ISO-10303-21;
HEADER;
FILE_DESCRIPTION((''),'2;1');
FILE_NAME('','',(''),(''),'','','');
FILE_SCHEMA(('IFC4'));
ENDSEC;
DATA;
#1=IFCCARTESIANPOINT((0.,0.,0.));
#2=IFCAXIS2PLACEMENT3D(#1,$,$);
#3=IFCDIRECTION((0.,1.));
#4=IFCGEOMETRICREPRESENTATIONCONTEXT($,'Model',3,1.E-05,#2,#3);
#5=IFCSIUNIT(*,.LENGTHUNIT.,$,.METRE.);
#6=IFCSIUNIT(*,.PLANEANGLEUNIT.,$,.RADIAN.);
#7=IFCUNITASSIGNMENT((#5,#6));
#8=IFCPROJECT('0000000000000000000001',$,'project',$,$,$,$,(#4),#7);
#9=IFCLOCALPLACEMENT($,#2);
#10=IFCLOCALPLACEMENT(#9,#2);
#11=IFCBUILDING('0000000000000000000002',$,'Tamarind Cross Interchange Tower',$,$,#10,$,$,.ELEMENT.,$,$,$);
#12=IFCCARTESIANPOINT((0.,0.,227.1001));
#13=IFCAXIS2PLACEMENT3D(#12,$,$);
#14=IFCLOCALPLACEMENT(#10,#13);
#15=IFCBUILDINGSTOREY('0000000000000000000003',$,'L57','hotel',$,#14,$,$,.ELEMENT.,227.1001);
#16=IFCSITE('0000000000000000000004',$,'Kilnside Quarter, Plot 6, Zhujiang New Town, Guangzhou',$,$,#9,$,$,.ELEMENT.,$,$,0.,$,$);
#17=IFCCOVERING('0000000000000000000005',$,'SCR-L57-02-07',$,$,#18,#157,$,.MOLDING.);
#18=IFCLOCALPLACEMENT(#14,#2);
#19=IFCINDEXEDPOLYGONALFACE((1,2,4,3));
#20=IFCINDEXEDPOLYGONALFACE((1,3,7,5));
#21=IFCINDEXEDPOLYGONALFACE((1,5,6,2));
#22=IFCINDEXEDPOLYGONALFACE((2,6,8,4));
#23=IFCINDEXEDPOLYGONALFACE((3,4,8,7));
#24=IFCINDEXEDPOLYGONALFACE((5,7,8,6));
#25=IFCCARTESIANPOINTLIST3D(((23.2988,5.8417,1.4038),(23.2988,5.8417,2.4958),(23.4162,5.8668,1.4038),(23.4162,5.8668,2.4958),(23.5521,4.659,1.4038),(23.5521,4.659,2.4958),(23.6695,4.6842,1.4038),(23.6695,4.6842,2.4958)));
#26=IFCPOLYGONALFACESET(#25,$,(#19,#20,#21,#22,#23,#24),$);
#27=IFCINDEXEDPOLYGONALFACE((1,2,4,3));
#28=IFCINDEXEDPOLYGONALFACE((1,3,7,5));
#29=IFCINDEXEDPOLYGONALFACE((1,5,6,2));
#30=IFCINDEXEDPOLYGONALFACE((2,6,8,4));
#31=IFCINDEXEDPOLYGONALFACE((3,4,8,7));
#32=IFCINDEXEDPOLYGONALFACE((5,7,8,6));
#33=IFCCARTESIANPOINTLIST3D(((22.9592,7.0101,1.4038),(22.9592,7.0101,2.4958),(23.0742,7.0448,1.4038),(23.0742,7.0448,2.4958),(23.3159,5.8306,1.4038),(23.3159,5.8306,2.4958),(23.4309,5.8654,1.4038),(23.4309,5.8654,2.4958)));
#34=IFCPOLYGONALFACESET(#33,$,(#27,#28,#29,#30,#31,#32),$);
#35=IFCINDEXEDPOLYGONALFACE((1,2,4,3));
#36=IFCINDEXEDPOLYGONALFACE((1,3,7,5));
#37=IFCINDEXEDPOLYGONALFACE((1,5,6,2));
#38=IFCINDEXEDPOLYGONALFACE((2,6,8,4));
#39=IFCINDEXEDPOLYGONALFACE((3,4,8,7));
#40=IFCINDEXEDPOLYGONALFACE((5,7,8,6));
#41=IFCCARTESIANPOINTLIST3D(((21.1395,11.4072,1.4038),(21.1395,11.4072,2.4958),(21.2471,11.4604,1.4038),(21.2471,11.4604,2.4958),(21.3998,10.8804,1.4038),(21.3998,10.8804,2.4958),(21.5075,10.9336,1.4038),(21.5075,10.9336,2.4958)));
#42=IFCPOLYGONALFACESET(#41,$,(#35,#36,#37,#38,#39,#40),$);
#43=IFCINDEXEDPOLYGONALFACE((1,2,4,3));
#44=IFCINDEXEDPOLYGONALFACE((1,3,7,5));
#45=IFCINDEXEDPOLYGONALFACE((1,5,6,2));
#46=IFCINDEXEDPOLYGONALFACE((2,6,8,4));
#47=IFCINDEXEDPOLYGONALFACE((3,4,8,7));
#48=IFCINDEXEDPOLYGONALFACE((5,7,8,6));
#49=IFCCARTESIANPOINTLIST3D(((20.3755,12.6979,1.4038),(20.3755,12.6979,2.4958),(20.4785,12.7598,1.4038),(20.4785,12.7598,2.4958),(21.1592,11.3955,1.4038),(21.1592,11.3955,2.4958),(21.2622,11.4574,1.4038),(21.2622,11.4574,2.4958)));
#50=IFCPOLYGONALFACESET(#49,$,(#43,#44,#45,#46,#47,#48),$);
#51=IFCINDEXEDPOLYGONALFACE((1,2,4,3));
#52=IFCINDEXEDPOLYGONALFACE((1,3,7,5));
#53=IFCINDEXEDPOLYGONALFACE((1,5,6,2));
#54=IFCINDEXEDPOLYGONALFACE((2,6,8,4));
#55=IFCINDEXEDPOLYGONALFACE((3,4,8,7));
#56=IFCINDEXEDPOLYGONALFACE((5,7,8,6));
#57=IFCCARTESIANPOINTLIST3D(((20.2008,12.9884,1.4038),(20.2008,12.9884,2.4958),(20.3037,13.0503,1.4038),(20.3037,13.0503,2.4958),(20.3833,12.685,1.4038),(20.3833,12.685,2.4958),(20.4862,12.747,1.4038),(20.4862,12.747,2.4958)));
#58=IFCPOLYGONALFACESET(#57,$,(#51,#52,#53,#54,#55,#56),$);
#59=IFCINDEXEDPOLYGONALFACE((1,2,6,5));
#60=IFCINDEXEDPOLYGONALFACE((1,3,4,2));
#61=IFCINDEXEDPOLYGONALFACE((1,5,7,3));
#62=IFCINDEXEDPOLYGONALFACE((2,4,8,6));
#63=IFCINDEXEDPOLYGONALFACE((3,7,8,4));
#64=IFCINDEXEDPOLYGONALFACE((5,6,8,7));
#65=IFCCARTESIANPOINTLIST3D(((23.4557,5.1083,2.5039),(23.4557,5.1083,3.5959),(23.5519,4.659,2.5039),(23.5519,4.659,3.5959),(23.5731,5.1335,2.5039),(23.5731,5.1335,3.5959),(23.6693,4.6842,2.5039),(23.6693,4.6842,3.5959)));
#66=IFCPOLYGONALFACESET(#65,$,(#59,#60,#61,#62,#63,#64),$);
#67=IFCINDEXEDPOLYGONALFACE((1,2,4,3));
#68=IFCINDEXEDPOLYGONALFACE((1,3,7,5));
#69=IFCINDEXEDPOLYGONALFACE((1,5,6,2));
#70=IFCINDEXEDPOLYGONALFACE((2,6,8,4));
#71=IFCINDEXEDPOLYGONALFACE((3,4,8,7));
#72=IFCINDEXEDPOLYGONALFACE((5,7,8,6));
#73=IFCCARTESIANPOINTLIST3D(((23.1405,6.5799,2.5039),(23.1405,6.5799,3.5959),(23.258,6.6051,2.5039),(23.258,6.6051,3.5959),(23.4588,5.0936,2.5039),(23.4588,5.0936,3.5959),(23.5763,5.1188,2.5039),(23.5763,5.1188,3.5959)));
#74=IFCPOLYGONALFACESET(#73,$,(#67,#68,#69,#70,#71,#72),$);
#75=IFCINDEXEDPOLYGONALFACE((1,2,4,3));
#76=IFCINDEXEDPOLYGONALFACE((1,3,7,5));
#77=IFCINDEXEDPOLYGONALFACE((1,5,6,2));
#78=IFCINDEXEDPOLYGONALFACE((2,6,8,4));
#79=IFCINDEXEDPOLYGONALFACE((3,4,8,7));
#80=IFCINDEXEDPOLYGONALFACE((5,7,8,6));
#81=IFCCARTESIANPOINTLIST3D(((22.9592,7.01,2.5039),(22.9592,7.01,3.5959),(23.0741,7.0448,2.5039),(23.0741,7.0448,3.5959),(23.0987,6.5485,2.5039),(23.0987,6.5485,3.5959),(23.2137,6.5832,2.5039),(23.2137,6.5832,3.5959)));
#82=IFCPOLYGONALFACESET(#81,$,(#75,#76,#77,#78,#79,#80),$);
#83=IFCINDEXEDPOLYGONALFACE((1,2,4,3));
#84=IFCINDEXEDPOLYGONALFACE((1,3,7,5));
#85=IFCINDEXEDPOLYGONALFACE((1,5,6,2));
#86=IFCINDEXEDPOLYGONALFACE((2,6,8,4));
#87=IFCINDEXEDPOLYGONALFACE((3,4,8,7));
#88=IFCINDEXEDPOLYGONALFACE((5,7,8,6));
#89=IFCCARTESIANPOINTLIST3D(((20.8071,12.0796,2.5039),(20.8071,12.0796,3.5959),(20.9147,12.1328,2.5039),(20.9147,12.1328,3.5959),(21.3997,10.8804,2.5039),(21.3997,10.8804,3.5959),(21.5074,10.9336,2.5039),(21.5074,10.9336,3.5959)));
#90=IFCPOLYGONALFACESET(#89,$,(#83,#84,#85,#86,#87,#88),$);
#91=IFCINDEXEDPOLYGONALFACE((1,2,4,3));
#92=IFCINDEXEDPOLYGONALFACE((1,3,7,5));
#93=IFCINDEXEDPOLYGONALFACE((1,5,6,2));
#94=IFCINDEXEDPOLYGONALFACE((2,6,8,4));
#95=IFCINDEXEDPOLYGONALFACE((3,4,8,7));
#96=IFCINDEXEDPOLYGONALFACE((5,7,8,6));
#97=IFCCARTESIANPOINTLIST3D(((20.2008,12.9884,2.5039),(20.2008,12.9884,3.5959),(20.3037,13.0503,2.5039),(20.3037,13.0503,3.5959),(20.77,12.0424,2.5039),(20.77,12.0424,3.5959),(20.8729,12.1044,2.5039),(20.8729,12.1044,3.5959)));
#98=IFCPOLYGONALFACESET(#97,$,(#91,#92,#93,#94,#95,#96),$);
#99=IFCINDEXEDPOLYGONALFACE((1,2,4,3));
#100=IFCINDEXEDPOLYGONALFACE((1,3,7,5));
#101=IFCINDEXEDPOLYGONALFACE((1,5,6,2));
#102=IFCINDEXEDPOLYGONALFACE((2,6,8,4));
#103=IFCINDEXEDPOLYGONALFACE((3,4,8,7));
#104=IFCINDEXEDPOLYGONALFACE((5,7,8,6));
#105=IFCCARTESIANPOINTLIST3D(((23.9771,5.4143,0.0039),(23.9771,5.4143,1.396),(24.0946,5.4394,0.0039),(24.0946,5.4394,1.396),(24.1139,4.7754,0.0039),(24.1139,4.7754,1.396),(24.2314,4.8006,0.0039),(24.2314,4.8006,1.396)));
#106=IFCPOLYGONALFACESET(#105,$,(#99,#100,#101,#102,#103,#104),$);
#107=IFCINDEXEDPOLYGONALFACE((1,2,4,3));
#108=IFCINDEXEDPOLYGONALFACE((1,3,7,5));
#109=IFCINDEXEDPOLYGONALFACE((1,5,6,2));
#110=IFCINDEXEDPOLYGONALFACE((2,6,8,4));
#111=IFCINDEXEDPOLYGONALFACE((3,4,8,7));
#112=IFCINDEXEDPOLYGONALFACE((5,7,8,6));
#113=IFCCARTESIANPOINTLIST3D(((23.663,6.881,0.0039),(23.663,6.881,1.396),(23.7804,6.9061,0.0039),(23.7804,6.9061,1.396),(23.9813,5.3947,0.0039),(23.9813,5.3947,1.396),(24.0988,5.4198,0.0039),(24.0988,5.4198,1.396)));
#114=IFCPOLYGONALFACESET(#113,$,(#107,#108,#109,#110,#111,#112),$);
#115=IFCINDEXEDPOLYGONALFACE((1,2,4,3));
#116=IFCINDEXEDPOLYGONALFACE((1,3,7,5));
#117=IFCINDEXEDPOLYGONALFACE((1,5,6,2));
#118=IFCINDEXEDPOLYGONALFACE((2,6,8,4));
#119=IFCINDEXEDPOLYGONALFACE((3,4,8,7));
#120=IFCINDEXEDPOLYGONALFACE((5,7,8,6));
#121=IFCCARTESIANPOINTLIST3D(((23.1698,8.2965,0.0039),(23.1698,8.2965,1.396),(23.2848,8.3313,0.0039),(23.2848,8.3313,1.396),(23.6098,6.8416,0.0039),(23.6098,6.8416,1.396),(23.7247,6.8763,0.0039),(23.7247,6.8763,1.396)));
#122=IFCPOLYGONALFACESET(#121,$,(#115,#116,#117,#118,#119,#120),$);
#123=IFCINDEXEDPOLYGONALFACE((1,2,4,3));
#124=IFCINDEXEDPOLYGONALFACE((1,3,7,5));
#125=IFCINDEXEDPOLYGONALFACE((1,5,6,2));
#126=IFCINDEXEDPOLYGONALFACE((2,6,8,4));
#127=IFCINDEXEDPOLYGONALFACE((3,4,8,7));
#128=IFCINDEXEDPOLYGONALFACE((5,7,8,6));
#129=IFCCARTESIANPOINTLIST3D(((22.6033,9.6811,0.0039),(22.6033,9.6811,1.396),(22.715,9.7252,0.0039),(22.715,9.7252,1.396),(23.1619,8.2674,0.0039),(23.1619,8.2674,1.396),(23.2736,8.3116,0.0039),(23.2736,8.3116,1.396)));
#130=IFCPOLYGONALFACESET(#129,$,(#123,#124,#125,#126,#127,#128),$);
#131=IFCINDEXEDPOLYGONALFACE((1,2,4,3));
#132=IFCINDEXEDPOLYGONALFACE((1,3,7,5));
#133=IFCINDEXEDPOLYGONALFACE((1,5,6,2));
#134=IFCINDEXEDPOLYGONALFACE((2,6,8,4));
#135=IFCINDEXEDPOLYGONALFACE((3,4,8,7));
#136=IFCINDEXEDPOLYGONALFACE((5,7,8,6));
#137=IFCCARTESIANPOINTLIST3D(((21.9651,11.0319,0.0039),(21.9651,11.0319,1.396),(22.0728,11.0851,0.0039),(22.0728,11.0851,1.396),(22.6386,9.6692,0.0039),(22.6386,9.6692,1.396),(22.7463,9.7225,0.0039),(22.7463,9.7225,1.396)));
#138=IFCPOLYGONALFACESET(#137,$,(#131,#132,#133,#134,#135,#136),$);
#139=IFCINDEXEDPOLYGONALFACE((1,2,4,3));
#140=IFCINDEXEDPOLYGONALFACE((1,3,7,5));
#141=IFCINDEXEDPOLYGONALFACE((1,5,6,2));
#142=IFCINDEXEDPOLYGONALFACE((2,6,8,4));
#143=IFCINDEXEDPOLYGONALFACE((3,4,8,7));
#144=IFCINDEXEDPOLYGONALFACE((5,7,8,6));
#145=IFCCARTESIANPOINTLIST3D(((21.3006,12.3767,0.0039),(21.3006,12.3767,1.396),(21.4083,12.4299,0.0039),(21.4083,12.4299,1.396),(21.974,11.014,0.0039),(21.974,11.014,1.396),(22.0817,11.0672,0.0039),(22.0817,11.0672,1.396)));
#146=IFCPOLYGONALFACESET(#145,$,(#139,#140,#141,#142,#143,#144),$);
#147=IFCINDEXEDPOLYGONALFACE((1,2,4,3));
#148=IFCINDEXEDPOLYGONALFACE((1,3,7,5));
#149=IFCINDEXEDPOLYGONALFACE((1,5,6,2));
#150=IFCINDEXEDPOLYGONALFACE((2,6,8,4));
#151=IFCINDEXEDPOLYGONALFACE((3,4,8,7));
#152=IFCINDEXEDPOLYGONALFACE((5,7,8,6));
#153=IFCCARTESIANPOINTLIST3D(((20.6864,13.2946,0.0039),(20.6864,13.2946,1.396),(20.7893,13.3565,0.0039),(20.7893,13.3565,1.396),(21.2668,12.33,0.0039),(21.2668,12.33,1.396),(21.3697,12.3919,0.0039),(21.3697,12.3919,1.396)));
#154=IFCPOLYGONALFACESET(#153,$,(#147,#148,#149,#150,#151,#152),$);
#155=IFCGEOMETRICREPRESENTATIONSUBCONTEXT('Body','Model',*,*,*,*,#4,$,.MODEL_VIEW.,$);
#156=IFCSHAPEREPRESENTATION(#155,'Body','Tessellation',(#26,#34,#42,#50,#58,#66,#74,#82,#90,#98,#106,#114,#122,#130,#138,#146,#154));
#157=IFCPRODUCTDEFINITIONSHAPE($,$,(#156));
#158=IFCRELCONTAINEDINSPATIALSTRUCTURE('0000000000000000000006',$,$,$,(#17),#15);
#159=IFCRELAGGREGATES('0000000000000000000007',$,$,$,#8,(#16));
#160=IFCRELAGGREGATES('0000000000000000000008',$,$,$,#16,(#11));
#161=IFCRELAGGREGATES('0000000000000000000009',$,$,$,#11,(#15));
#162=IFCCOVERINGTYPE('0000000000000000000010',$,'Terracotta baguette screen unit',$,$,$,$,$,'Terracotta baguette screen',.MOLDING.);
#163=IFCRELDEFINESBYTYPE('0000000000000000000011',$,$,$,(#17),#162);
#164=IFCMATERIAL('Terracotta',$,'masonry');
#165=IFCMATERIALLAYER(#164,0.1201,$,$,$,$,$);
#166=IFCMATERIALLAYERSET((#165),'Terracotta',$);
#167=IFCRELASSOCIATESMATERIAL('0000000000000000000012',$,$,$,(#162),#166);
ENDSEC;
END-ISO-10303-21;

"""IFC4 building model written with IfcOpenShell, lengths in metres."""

from ifc_helpers import new_model, si_unit, direction, frame, origin, origin_2d, place, context, subcontext, project, spatial, rectangle, extrude, material, layer, layer_set, type_object, element, save


model = new_model("IFC4")

# Units and contexts
model_context = context("Model", 3, precision=1e-05, world=origin(), true_north=direction((0.0, 1.0)))
body_context = subcontext(model_context, "Body", "Model", "MODEL_VIEW")
ifc_project = project(units=[si_unit("LENGTHUNIT", "METRE"), si_unit("PLANEANGLEUNIT", "RADIAN")], contexts=[model_context])

# Site, building, storey
site_placement = place(None, origin())
site = spatial("IfcSite", under=ifc_project, at=site_placement, Name="Kilnside Quarter, Plot 6, Zhujiang New Town, Guangzhou", CompositionType="ELEMENT", RefElevation=0.0)
building_placement = place(site_placement, origin())
building = spatial("IfcBuilding", under=site, at=building_placement, Name="Tamarind Cross Interchange Tower", CompositionType="ELEMENT")
storey_placement = place(building_placement, frame((0.0, 0.0, 227.1001)))
storey = spatial("IfcBuildingStorey", under=building, at=storey_placement, Name="L57", Description="hotel", CompositionType="ELEMENT", Elevation=227.1001)

# Covering
ifc_material_1 = material(Name="Terracotta", Category="masonry")
ifc_layer_1 = layer(ifc_material_1, 0.1201)
ifc_layer_set_1 = layer_set([ifc_layer_1], Name="Terracotta")
covering_type = type_object("IfcCoveringType", Name="Terracotta baguette screen unit", ElementType="Terracotta baguette screen", PredefinedType="MOLDING", material=ifc_layer_set_1)
covering_1_placement = place(storey_placement, origin())
element("IfcCovering", 1, at=covering_1_placement, inside=storey, type_object=covering_type, Name="SCR-L57-02-07", PredefinedType="MOLDING", context=body_context, shape_type="SweptSolid", body=[
    extrude(rectangle(XDim=1.2095, YDim=0.1201, at=origin_2d()), frame((23.4841, 5.2629, 1.4038), z_axis=(0.0, 0.0, 1.0), x_axis=(-0.209425, 0.977825, 0.0)), (0.0, 0.0, 1.0), 1.092),
    extrude(rectangle(XDim=1.2322, YDim=0.1201, at=origin_2d()), frame((23.1951, 6.4377, 1.4038), z_axis=(0.0, 0.0, 1.0), x_axis=(-0.289458, 0.957191, 0.0)), (0.0, 0.0, 1.0), 1.092),
    extrude(rectangle(XDim=0.5876, YDim=0.1201, at=origin_2d()), frame((21.3235, 11.1704, 1.4038), z_axis=(0.0, 0.0, 1.0), x_axis=(-0.443059, 0.896493, 0.0)), (0.0, 0.0, 1.0), 1.092),
    extrude(rectangle(XDim=1.52, YDim=0.1201, at=origin_2d()), frame((20.8188, 12.0776, 1.4038), z_axis=(0.0, 0.0, 1.0), x_axis=(-0.515577, 0.856843, 0.0)), (0.0, 0.0, 1.0), 1.092),
    extrude(rectangle(XDim=0.354, YDim=0.1201, at=origin_2d()), frame((20.3435, 12.8677, 1.4038), z_axis=(0.0, 0.0, 1.0), x_axis=(-0.515577, 0.856843, 0.0)), (0.0, 0.0, 1.0), 1.092),
    extrude(rectangle(XDim=0.4595, YDim=0.1201, at=origin_2d()), frame((23.5625, 4.8962, 2.5039), z_axis=(0.0, 0.0, 1.0), x_axis=(-0.209425, 0.977825, 0.0)), (0.0, 0.0, 1.0), 1.092),
    extrude(rectangle(XDim=1.52, YDim=0.1201, at=origin_2d()), frame((23.3584, 5.8494, 2.5039), z_axis=(0.0, 0.0, 1.0), x_axis=(-0.209425, 0.977825, 0.0)), (0.0, 0.0, 1.0), 1.092),
    extrude(rectangle(XDim=0.4822, YDim=0.1201, at=origin_2d()), frame((23.0864, 6.7966, 2.5039), z_axis=(0.0, 0.0, 1.0), x_axis=(-0.289458, 0.957191, 0.0)), (0.0, 0.0, 1.0), 1.092),
    extrude(rectangle(XDim=1.3376, YDim=0.1201, at=origin_2d()), frame((21.1572, 11.5066, 2.5039), z_axis=(0.0, 0.0, 1.0), x_axis=(-0.443059, 0.896493, 0.0)), (0.0, 0.0, 1.0), 1.092),
    extrude(rectangle(XDim=1.104, YDim=0.1201, at=origin_2d()), frame((20.5369, 12.5464, 2.5039), z_axis=(0.0, 0.0, 1.0), x_axis=(-0.515577, 0.856843, 0.0)), (0.0, 0.0, 1.0), 1.092),
    extrude(rectangle(XDim=0.6533, YDim=0.1201, at=origin_2d()), frame((24.1042, 5.1074, 0.0039), z_axis=(0.0, 0.0, 1.0), x_axis=(-0.209425, 0.977825, 0.0)), (0.0, 0.0, 1.0), 1.3921),
    extrude(rectangle(XDim=1.52, YDim=0.1201, at=origin_2d()), frame((23.8809, 6.1504, 0.0039), z_axis=(0.0, 0.0, 1.0), x_axis=(-0.209425, 0.977825, 0.0)), (0.0, 0.0, 1.0), 1.3921),
    extrude(rectangle(XDim=1.52, YDim=0.1201, at=origin_2d()), frame((23.4473, 7.5864, 0.0039), z_axis=(0.0, 0.0, 1.0), x_axis=(-0.289458, 0.957191, 0.0)), (0.0, 0.0, 1.0), 1.3921),
    extrude(rectangle(XDim=1.52, YDim=0.1201, at=origin_2d()), frame((22.9385, 8.9963, 0.0039), z_axis=(0.0, 0.0, 1.0), x_axis=(-0.367514, 0.930018, 0.0)), (0.0, 0.0, 1.0), 1.3921),
    extrude(rectangle(XDim=1.52, YDim=0.1201, at=origin_2d()), frame((22.3557, 10.3772, 0.0039), z_axis=(0.0, 0.0, 1.0), x_axis=(-0.443059, 0.896493, 0.0)), (0.0, 0.0, 1.0), 1.3921),
    extrude(rectangle(XDim=1.52, YDim=0.1201, at=origin_2d()), frame((21.6912, 11.7219, 0.0039), z_axis=(0.0, 0.0, 1.0), x_axis=(-0.443059, 0.896493, 0.0)), (0.0, 0.0, 1.0), 1.3921),
    extrude(rectangle(XDim=1.1257, YDim=0.1201, at=origin_2d()), frame((21.0281, 12.8433, 0.0039), z_axis=(0.0, 0.0, 1.0), x_axis=(-0.515577, 0.856843, 0.0)), (0.0, 0.0, 1.0), 1.3921),
])

save(model, "model.ifc")
